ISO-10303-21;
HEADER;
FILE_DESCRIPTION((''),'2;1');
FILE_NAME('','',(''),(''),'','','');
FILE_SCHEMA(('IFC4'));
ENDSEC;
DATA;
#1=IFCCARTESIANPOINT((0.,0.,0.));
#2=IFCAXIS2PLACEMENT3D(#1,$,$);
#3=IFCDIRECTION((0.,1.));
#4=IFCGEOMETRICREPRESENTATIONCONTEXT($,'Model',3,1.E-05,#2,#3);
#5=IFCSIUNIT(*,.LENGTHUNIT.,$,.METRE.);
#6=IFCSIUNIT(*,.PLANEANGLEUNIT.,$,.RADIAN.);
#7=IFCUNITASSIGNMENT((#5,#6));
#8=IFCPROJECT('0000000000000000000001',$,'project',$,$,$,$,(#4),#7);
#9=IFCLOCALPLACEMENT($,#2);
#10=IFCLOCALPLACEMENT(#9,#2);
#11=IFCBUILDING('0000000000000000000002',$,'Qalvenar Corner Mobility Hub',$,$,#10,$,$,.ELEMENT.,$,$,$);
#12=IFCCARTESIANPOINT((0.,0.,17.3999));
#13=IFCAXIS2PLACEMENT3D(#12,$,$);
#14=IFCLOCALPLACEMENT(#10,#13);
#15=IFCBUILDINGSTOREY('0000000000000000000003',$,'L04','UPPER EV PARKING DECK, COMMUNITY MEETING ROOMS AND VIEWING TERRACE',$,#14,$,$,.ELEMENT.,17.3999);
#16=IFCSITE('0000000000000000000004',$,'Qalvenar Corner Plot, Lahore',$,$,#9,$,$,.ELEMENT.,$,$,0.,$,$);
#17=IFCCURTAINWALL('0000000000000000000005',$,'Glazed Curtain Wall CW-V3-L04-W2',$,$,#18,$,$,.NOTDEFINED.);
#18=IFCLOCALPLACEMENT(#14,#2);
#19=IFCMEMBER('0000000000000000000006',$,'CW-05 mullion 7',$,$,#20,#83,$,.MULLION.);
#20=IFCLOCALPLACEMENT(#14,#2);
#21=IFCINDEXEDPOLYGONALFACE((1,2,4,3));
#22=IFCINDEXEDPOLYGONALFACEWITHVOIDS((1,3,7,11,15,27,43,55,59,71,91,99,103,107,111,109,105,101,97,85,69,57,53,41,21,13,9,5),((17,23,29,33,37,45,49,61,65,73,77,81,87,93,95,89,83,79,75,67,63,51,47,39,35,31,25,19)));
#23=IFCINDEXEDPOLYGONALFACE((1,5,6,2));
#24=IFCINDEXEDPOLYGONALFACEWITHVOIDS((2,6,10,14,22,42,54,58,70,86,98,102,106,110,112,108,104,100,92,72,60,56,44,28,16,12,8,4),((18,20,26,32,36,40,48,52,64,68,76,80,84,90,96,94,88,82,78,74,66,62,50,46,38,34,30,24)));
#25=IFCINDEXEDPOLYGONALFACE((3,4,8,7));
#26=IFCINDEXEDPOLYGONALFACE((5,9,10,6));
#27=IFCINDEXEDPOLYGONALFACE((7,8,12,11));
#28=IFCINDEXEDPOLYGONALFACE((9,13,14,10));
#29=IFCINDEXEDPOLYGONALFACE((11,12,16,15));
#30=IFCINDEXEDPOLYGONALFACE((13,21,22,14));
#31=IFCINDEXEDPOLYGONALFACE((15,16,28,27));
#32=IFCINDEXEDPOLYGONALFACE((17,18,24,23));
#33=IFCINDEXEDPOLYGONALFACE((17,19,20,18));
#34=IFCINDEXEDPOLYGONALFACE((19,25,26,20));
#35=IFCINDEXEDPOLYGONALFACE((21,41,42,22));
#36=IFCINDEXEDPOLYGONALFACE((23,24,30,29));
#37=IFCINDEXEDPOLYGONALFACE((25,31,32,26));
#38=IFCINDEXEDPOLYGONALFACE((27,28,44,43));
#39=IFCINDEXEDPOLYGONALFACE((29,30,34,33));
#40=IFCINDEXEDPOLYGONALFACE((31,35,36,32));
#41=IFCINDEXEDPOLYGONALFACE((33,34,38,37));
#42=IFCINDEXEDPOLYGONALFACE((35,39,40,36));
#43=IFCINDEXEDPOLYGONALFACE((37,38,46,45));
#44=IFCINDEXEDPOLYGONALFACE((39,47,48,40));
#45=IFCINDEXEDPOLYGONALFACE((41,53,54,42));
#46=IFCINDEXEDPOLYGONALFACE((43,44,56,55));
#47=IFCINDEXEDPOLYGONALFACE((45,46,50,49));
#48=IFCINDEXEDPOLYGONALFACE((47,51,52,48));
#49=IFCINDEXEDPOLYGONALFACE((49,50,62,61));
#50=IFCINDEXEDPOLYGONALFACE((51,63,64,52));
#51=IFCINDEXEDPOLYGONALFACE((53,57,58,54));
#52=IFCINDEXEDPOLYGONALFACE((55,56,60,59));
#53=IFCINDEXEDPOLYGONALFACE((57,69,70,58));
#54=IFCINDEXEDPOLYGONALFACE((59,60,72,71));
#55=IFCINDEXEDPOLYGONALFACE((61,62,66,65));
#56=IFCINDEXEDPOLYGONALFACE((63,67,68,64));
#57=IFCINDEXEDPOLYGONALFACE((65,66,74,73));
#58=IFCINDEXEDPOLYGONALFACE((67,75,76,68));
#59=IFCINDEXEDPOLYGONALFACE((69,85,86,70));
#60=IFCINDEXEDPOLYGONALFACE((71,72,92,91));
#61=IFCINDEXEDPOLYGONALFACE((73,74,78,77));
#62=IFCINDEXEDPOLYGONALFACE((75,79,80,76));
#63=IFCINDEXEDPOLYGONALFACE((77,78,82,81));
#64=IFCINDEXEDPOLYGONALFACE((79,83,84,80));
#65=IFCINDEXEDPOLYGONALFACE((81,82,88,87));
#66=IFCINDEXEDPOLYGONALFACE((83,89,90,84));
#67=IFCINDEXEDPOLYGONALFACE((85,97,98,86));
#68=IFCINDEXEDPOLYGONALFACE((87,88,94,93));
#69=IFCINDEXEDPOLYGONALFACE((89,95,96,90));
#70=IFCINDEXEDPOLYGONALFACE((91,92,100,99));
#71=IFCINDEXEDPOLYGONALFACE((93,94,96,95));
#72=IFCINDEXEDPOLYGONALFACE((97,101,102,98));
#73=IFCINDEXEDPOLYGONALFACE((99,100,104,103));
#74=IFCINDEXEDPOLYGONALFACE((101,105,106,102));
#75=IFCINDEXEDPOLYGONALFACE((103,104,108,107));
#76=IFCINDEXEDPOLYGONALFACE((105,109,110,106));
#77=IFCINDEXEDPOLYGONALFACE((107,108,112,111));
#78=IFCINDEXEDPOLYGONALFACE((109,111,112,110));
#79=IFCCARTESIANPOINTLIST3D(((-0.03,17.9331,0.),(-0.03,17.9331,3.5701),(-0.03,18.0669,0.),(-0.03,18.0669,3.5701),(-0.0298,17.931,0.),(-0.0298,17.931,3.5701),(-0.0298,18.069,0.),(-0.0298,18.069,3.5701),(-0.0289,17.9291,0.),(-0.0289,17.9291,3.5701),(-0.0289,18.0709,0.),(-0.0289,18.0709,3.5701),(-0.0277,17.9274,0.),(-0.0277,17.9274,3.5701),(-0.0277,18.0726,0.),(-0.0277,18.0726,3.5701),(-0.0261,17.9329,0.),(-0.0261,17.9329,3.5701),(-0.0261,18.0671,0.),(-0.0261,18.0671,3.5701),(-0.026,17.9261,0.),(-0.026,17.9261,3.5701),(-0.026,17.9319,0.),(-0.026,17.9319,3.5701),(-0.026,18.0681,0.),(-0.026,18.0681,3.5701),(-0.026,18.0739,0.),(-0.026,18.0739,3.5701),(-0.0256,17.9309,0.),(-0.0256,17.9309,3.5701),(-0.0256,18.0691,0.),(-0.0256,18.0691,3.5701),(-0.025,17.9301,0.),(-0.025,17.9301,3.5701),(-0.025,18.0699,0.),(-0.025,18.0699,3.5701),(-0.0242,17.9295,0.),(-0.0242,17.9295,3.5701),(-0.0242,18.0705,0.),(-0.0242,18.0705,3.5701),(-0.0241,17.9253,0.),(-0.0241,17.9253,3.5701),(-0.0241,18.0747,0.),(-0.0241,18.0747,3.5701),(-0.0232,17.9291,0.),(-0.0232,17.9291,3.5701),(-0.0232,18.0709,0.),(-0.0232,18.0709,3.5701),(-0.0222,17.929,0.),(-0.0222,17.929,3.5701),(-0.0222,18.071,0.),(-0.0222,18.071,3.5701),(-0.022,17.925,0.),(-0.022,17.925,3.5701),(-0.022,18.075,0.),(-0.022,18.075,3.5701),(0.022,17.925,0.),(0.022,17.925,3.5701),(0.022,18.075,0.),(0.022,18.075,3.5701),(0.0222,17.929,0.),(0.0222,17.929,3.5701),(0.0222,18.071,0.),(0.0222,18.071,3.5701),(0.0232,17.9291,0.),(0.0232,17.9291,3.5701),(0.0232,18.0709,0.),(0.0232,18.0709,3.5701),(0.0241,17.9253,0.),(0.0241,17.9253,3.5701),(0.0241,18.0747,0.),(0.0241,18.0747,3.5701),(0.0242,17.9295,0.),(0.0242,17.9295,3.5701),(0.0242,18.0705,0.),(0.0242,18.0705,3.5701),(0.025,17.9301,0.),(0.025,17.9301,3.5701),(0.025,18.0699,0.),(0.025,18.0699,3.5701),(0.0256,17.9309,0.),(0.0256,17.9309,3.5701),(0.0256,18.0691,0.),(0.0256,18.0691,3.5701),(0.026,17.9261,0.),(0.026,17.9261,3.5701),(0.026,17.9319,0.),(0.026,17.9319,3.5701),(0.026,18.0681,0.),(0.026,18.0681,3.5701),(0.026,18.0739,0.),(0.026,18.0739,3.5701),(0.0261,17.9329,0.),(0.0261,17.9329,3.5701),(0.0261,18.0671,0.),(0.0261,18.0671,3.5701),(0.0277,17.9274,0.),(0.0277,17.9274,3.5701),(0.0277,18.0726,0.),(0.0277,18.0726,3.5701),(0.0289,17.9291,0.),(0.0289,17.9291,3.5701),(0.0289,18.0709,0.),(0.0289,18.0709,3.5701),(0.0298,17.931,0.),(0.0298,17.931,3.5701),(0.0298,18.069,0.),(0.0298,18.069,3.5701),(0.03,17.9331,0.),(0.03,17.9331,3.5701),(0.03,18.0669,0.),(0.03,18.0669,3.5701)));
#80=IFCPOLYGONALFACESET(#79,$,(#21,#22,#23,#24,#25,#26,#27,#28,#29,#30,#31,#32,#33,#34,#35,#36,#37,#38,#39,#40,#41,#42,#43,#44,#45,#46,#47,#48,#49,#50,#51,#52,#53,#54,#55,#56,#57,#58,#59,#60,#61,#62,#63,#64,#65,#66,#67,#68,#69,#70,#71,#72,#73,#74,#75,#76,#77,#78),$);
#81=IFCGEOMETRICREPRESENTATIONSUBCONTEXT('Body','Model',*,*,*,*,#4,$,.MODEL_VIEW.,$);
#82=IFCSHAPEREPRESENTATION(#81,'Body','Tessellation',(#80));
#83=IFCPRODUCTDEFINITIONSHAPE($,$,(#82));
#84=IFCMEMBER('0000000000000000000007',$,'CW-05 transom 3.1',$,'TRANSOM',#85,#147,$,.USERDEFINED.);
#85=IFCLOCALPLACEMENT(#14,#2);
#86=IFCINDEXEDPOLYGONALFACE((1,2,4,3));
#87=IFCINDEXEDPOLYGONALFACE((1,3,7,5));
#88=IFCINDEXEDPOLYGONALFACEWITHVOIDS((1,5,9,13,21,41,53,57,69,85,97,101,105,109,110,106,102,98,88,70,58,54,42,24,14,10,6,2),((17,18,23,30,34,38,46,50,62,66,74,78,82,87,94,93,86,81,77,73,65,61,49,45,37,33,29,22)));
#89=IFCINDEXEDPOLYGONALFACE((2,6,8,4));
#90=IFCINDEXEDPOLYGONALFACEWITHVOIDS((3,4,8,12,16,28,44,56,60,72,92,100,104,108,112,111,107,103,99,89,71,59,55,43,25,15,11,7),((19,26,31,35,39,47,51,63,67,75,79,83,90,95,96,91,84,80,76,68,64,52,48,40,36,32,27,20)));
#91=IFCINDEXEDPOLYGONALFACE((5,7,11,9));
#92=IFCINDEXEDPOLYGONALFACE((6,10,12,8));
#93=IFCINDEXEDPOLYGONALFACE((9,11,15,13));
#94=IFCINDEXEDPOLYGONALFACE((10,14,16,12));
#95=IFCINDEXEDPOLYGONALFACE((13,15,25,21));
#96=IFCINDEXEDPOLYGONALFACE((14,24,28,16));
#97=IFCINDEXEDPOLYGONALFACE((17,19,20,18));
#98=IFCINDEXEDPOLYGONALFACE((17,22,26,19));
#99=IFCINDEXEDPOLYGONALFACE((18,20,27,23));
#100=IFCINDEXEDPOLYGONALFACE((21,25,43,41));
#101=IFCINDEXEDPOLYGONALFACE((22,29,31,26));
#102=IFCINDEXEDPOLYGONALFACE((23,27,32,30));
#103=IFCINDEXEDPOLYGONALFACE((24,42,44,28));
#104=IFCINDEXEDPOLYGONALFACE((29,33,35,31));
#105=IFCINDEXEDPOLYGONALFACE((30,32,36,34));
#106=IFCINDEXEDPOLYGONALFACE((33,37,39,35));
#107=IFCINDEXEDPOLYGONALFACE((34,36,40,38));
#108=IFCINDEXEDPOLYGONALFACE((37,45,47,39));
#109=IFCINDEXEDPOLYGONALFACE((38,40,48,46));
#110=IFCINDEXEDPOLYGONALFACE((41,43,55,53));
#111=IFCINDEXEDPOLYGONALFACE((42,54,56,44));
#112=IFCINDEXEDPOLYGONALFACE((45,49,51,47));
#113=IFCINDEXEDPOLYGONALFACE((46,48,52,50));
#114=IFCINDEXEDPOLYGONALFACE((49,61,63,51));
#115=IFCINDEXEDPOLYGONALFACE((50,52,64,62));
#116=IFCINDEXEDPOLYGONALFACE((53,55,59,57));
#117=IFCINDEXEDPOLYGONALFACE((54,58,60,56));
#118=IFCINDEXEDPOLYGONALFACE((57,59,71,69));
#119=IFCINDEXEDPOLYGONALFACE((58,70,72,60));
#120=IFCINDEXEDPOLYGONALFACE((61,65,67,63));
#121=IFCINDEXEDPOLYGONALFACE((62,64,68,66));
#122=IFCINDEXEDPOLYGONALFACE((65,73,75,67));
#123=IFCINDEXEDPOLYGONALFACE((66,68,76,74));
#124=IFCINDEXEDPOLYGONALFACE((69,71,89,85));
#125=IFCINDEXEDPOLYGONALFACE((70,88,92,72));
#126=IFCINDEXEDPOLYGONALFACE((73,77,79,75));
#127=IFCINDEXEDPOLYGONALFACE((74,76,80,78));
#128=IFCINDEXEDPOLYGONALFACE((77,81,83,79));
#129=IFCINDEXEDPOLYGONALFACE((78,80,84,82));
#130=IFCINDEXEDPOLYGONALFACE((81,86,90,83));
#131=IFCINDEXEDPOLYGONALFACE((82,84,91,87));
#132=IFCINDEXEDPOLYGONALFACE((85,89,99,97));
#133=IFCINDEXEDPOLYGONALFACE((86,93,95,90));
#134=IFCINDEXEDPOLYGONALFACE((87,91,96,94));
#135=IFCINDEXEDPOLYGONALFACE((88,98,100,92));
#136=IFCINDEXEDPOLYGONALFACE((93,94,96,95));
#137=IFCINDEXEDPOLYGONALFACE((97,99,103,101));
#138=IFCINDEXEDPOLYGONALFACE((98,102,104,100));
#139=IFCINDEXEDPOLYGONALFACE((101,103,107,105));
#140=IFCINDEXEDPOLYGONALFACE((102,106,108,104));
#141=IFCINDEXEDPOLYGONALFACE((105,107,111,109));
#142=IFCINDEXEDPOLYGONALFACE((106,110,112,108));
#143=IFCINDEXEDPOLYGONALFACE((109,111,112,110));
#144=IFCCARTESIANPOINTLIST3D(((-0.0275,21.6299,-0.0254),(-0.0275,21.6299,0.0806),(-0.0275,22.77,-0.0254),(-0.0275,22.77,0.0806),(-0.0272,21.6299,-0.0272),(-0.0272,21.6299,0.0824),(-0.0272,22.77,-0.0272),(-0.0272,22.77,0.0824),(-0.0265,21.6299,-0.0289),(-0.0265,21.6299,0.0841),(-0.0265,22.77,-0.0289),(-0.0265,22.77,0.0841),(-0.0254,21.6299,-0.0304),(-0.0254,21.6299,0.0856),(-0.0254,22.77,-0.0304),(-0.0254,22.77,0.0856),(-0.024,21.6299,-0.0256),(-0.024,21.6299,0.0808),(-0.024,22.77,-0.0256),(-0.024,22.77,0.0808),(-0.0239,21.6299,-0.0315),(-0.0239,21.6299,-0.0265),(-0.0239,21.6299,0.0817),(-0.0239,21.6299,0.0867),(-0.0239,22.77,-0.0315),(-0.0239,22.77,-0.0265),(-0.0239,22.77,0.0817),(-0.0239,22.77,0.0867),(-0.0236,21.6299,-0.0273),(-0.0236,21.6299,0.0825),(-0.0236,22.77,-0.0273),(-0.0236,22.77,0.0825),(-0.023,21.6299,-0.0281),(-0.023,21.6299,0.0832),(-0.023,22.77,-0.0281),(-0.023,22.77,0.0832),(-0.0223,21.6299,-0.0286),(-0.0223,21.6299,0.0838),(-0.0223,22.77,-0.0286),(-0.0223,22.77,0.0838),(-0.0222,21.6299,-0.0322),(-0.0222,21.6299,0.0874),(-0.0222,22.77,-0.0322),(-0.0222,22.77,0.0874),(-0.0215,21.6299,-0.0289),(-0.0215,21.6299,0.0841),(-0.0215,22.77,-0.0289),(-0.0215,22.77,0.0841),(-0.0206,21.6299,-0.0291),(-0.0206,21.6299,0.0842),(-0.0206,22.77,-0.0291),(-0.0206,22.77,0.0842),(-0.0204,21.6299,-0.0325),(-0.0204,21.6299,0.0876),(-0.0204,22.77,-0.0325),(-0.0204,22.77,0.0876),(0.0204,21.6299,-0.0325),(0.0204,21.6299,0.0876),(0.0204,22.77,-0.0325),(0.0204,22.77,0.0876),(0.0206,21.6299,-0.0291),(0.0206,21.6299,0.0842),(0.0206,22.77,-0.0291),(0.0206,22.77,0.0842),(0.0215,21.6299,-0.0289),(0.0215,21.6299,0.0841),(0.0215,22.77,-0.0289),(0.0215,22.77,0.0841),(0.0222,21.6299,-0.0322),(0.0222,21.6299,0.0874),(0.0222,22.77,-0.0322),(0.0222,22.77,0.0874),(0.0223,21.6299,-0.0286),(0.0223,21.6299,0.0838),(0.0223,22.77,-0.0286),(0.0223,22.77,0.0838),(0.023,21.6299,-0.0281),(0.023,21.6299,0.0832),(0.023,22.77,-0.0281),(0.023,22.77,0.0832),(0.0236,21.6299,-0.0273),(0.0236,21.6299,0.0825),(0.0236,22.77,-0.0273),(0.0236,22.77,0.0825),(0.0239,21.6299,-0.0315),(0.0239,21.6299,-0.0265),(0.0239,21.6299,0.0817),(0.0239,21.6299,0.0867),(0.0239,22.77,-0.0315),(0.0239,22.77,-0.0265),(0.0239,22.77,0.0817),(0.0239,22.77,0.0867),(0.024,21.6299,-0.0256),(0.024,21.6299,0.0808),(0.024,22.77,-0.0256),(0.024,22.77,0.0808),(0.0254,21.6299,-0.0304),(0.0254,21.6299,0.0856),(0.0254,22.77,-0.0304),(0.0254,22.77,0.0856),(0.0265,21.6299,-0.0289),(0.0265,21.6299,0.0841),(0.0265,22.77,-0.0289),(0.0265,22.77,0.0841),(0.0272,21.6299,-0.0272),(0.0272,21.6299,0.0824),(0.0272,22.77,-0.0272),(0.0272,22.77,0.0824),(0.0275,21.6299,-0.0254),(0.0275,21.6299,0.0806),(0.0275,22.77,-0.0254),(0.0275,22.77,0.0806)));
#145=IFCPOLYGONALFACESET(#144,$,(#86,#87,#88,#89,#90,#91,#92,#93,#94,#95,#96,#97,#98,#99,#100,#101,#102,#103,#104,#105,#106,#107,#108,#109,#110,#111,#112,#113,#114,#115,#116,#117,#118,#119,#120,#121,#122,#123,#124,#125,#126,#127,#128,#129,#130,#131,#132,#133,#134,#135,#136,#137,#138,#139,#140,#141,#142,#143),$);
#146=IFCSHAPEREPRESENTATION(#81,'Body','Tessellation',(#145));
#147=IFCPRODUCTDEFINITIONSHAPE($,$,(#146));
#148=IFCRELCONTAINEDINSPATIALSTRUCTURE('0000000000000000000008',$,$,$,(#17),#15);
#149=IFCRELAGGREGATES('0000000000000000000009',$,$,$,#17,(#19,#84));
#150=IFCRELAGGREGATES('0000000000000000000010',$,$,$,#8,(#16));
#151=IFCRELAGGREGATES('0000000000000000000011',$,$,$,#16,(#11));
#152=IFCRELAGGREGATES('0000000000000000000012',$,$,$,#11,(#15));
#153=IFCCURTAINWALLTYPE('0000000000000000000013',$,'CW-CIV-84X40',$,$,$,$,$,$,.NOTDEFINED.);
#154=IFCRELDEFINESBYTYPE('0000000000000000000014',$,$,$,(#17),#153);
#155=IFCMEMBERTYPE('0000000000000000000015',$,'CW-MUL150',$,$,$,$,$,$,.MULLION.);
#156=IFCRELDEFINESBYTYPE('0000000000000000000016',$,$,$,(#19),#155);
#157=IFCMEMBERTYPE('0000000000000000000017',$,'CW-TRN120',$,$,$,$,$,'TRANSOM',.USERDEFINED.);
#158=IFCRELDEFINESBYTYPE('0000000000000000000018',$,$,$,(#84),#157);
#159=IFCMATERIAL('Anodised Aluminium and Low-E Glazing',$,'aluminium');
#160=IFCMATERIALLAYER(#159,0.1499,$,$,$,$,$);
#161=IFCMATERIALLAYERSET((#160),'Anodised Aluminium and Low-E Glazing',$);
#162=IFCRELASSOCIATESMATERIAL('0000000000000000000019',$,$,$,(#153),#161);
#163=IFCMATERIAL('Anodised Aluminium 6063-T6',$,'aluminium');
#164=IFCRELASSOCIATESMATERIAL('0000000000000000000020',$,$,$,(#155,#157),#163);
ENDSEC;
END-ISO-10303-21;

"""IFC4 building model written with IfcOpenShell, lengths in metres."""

from ifc_helpers import new_model, si_unit, direction, frame, origin, origin_2d, place, context, subcontext, project, spatial, hollow_rectangle, extrude, material, layer, layer_set, material_profile, profile_set, type_object, element, aggregate, save


model = new_model("IFC4")

# Units and contexts
model_context = context("Model", 3, precision=1e-05, world=origin(), true_north=direction((0.0, 1.0)))
body_context = subcontext(model_context, "Body", "Model", "MODEL_VIEW")
ifc_project = project(units=[si_unit("LENGTHUNIT", "METRE"), si_unit("PLANEANGLEUNIT", "RADIAN")], contexts=[model_context])

# Site, building, storey
site_placement = place(None, origin())
site = spatial("IfcSite", under=ifc_project, at=site_placement, Name="Qalvenar Corner Plot, Lahore", CompositionType="ELEMENT", RefElevation=0.0)
building_placement = place(site_placement, origin())
building = spatial("IfcBuilding", under=site, at=building_placement, Name="Qalvenar Corner Mobility Hub", CompositionType="ELEMENT")
storey_placement = place(building_placement, frame((0.0, 0.0, 17.3999)))
storey = spatial("IfcBuildingStorey", under=building, at=storey_placement, Name="L04", Description="UPPER EV PARKING DECK, COMMUNITY MEETING ROOMS AND VIEWING TERRACE", CompositionType="ELEMENT", Elevation=17.3999)

# Curtain wall, members
ifc_material_1 = material(Name="Anodised Aluminium and Low-E Glazing", Category="aluminium")
ifc_layer_1 = layer(ifc_material_1, 0.1499)
ifc_layer_set_1 = layer_set([ifc_layer_1], Name="Anodised Aluminium and Low-E Glazing")
curtain_wall_type = type_object("IfcCurtainWallType", Name="CW-CIV-84X40", PredefinedType="NOTDEFINED", material=ifc_layer_set_1)
curtain_wall_placement = place(storey_placement, origin())
curtain_wall = element("IfcCurtainWall", 1, at=curtain_wall_placement, inside=storey, type_object=curtain_wall_type, Name="Glazed Curtain Wall CW-V3-L04-W2", PredefinedType="NOTDEFINED")
ifc_material_2 = material(Name="Anodised Aluminium 6063-T6", Category="aluminium")
ifc_material_profile_1 = material_profile(ifc_material_2, hollow_rectangle(XDim=0.0601, YDim=0.1499, WallThickness=0.0039, InnerFilletRadius=0.0039, OuterFilletRadius=0.0081, at=origin_2d()), Name="RHS150x60x4")
ifc_profile_set_1 = profile_set([ifc_material_profile_1], Name="Anodised Aluminium 6063-T6")
member_type_1 = type_object("IfcMemberType", Name="CW-MUL150", PredefinedType="MULLION", material=ifc_profile_set_1)
member_1_placement = place(storey_placement, frame((0.0, 18.0, 0.0), z_axis=(0.0, 0.0, 1.0), x_axis=(1.0, 0.0, 0.0)))
member_1 = element("IfcMember", 2, at=member_1_placement, type_object=member_type_1, Name="CW-05 mullion 7", PredefinedType="MULLION", context=body_context, shape_type="SweptSolid", body=[
    extrude(hollow_rectangle(XDim=0.0601, YDim=0.1499, WallThickness=0.0039, InnerFilletRadius=0.0039, OuterFilletRadius=0.0081, at=origin_2d()), origin(), (0.0, 0.0, 1.0), 3.5701),
])
ifc_material_profile_2 = material_profile(ifc_material_2, hollow_rectangle(XDim=0.0549, YDim=0.1201, WallThickness=0.0034, InnerFilletRadius=0.0034, OuterFilletRadius=0.0071, at=origin_2d()), Name="RHS120x55x3.5")
ifc_profile_set_2 = profile_set([ifc_material_profile_2], Name="Anodised Aluminium 6063-T6")
member_type_2 = type_object("IfcMemberType", Name="CW-TRN120", ElementType="TRANSOM", PredefinedType="USERDEFINED", material=ifc_profile_set_2)
member_2_placement = place(storey_placement, frame((0.0, 22.77, 0.0276), z_axis=(0.0, -1.0, 0.0), x_axis=(1.0, 0.0, 0.0)))
member_2 = element("IfcMember", 3, at=member_2_placement, type_object=member_type_2, Name="CW-05 transom 3.1", ObjectType="TRANSOM", PredefinedType="USERDEFINED", context=body_context, shape_type="SweptSolid", body=[
    extrude(hollow_rectangle(XDim=0.0549, YDim=0.1201, WallThickness=0.0034, InnerFilletRadius=0.0034, OuterFilletRadius=0.0071, at=origin_2d()), origin(), (0.0, 0.0, 1.0), 1.1401),
])
aggregate(curtain_wall, [member_1, member_2])

save(model, "model.ifc")
